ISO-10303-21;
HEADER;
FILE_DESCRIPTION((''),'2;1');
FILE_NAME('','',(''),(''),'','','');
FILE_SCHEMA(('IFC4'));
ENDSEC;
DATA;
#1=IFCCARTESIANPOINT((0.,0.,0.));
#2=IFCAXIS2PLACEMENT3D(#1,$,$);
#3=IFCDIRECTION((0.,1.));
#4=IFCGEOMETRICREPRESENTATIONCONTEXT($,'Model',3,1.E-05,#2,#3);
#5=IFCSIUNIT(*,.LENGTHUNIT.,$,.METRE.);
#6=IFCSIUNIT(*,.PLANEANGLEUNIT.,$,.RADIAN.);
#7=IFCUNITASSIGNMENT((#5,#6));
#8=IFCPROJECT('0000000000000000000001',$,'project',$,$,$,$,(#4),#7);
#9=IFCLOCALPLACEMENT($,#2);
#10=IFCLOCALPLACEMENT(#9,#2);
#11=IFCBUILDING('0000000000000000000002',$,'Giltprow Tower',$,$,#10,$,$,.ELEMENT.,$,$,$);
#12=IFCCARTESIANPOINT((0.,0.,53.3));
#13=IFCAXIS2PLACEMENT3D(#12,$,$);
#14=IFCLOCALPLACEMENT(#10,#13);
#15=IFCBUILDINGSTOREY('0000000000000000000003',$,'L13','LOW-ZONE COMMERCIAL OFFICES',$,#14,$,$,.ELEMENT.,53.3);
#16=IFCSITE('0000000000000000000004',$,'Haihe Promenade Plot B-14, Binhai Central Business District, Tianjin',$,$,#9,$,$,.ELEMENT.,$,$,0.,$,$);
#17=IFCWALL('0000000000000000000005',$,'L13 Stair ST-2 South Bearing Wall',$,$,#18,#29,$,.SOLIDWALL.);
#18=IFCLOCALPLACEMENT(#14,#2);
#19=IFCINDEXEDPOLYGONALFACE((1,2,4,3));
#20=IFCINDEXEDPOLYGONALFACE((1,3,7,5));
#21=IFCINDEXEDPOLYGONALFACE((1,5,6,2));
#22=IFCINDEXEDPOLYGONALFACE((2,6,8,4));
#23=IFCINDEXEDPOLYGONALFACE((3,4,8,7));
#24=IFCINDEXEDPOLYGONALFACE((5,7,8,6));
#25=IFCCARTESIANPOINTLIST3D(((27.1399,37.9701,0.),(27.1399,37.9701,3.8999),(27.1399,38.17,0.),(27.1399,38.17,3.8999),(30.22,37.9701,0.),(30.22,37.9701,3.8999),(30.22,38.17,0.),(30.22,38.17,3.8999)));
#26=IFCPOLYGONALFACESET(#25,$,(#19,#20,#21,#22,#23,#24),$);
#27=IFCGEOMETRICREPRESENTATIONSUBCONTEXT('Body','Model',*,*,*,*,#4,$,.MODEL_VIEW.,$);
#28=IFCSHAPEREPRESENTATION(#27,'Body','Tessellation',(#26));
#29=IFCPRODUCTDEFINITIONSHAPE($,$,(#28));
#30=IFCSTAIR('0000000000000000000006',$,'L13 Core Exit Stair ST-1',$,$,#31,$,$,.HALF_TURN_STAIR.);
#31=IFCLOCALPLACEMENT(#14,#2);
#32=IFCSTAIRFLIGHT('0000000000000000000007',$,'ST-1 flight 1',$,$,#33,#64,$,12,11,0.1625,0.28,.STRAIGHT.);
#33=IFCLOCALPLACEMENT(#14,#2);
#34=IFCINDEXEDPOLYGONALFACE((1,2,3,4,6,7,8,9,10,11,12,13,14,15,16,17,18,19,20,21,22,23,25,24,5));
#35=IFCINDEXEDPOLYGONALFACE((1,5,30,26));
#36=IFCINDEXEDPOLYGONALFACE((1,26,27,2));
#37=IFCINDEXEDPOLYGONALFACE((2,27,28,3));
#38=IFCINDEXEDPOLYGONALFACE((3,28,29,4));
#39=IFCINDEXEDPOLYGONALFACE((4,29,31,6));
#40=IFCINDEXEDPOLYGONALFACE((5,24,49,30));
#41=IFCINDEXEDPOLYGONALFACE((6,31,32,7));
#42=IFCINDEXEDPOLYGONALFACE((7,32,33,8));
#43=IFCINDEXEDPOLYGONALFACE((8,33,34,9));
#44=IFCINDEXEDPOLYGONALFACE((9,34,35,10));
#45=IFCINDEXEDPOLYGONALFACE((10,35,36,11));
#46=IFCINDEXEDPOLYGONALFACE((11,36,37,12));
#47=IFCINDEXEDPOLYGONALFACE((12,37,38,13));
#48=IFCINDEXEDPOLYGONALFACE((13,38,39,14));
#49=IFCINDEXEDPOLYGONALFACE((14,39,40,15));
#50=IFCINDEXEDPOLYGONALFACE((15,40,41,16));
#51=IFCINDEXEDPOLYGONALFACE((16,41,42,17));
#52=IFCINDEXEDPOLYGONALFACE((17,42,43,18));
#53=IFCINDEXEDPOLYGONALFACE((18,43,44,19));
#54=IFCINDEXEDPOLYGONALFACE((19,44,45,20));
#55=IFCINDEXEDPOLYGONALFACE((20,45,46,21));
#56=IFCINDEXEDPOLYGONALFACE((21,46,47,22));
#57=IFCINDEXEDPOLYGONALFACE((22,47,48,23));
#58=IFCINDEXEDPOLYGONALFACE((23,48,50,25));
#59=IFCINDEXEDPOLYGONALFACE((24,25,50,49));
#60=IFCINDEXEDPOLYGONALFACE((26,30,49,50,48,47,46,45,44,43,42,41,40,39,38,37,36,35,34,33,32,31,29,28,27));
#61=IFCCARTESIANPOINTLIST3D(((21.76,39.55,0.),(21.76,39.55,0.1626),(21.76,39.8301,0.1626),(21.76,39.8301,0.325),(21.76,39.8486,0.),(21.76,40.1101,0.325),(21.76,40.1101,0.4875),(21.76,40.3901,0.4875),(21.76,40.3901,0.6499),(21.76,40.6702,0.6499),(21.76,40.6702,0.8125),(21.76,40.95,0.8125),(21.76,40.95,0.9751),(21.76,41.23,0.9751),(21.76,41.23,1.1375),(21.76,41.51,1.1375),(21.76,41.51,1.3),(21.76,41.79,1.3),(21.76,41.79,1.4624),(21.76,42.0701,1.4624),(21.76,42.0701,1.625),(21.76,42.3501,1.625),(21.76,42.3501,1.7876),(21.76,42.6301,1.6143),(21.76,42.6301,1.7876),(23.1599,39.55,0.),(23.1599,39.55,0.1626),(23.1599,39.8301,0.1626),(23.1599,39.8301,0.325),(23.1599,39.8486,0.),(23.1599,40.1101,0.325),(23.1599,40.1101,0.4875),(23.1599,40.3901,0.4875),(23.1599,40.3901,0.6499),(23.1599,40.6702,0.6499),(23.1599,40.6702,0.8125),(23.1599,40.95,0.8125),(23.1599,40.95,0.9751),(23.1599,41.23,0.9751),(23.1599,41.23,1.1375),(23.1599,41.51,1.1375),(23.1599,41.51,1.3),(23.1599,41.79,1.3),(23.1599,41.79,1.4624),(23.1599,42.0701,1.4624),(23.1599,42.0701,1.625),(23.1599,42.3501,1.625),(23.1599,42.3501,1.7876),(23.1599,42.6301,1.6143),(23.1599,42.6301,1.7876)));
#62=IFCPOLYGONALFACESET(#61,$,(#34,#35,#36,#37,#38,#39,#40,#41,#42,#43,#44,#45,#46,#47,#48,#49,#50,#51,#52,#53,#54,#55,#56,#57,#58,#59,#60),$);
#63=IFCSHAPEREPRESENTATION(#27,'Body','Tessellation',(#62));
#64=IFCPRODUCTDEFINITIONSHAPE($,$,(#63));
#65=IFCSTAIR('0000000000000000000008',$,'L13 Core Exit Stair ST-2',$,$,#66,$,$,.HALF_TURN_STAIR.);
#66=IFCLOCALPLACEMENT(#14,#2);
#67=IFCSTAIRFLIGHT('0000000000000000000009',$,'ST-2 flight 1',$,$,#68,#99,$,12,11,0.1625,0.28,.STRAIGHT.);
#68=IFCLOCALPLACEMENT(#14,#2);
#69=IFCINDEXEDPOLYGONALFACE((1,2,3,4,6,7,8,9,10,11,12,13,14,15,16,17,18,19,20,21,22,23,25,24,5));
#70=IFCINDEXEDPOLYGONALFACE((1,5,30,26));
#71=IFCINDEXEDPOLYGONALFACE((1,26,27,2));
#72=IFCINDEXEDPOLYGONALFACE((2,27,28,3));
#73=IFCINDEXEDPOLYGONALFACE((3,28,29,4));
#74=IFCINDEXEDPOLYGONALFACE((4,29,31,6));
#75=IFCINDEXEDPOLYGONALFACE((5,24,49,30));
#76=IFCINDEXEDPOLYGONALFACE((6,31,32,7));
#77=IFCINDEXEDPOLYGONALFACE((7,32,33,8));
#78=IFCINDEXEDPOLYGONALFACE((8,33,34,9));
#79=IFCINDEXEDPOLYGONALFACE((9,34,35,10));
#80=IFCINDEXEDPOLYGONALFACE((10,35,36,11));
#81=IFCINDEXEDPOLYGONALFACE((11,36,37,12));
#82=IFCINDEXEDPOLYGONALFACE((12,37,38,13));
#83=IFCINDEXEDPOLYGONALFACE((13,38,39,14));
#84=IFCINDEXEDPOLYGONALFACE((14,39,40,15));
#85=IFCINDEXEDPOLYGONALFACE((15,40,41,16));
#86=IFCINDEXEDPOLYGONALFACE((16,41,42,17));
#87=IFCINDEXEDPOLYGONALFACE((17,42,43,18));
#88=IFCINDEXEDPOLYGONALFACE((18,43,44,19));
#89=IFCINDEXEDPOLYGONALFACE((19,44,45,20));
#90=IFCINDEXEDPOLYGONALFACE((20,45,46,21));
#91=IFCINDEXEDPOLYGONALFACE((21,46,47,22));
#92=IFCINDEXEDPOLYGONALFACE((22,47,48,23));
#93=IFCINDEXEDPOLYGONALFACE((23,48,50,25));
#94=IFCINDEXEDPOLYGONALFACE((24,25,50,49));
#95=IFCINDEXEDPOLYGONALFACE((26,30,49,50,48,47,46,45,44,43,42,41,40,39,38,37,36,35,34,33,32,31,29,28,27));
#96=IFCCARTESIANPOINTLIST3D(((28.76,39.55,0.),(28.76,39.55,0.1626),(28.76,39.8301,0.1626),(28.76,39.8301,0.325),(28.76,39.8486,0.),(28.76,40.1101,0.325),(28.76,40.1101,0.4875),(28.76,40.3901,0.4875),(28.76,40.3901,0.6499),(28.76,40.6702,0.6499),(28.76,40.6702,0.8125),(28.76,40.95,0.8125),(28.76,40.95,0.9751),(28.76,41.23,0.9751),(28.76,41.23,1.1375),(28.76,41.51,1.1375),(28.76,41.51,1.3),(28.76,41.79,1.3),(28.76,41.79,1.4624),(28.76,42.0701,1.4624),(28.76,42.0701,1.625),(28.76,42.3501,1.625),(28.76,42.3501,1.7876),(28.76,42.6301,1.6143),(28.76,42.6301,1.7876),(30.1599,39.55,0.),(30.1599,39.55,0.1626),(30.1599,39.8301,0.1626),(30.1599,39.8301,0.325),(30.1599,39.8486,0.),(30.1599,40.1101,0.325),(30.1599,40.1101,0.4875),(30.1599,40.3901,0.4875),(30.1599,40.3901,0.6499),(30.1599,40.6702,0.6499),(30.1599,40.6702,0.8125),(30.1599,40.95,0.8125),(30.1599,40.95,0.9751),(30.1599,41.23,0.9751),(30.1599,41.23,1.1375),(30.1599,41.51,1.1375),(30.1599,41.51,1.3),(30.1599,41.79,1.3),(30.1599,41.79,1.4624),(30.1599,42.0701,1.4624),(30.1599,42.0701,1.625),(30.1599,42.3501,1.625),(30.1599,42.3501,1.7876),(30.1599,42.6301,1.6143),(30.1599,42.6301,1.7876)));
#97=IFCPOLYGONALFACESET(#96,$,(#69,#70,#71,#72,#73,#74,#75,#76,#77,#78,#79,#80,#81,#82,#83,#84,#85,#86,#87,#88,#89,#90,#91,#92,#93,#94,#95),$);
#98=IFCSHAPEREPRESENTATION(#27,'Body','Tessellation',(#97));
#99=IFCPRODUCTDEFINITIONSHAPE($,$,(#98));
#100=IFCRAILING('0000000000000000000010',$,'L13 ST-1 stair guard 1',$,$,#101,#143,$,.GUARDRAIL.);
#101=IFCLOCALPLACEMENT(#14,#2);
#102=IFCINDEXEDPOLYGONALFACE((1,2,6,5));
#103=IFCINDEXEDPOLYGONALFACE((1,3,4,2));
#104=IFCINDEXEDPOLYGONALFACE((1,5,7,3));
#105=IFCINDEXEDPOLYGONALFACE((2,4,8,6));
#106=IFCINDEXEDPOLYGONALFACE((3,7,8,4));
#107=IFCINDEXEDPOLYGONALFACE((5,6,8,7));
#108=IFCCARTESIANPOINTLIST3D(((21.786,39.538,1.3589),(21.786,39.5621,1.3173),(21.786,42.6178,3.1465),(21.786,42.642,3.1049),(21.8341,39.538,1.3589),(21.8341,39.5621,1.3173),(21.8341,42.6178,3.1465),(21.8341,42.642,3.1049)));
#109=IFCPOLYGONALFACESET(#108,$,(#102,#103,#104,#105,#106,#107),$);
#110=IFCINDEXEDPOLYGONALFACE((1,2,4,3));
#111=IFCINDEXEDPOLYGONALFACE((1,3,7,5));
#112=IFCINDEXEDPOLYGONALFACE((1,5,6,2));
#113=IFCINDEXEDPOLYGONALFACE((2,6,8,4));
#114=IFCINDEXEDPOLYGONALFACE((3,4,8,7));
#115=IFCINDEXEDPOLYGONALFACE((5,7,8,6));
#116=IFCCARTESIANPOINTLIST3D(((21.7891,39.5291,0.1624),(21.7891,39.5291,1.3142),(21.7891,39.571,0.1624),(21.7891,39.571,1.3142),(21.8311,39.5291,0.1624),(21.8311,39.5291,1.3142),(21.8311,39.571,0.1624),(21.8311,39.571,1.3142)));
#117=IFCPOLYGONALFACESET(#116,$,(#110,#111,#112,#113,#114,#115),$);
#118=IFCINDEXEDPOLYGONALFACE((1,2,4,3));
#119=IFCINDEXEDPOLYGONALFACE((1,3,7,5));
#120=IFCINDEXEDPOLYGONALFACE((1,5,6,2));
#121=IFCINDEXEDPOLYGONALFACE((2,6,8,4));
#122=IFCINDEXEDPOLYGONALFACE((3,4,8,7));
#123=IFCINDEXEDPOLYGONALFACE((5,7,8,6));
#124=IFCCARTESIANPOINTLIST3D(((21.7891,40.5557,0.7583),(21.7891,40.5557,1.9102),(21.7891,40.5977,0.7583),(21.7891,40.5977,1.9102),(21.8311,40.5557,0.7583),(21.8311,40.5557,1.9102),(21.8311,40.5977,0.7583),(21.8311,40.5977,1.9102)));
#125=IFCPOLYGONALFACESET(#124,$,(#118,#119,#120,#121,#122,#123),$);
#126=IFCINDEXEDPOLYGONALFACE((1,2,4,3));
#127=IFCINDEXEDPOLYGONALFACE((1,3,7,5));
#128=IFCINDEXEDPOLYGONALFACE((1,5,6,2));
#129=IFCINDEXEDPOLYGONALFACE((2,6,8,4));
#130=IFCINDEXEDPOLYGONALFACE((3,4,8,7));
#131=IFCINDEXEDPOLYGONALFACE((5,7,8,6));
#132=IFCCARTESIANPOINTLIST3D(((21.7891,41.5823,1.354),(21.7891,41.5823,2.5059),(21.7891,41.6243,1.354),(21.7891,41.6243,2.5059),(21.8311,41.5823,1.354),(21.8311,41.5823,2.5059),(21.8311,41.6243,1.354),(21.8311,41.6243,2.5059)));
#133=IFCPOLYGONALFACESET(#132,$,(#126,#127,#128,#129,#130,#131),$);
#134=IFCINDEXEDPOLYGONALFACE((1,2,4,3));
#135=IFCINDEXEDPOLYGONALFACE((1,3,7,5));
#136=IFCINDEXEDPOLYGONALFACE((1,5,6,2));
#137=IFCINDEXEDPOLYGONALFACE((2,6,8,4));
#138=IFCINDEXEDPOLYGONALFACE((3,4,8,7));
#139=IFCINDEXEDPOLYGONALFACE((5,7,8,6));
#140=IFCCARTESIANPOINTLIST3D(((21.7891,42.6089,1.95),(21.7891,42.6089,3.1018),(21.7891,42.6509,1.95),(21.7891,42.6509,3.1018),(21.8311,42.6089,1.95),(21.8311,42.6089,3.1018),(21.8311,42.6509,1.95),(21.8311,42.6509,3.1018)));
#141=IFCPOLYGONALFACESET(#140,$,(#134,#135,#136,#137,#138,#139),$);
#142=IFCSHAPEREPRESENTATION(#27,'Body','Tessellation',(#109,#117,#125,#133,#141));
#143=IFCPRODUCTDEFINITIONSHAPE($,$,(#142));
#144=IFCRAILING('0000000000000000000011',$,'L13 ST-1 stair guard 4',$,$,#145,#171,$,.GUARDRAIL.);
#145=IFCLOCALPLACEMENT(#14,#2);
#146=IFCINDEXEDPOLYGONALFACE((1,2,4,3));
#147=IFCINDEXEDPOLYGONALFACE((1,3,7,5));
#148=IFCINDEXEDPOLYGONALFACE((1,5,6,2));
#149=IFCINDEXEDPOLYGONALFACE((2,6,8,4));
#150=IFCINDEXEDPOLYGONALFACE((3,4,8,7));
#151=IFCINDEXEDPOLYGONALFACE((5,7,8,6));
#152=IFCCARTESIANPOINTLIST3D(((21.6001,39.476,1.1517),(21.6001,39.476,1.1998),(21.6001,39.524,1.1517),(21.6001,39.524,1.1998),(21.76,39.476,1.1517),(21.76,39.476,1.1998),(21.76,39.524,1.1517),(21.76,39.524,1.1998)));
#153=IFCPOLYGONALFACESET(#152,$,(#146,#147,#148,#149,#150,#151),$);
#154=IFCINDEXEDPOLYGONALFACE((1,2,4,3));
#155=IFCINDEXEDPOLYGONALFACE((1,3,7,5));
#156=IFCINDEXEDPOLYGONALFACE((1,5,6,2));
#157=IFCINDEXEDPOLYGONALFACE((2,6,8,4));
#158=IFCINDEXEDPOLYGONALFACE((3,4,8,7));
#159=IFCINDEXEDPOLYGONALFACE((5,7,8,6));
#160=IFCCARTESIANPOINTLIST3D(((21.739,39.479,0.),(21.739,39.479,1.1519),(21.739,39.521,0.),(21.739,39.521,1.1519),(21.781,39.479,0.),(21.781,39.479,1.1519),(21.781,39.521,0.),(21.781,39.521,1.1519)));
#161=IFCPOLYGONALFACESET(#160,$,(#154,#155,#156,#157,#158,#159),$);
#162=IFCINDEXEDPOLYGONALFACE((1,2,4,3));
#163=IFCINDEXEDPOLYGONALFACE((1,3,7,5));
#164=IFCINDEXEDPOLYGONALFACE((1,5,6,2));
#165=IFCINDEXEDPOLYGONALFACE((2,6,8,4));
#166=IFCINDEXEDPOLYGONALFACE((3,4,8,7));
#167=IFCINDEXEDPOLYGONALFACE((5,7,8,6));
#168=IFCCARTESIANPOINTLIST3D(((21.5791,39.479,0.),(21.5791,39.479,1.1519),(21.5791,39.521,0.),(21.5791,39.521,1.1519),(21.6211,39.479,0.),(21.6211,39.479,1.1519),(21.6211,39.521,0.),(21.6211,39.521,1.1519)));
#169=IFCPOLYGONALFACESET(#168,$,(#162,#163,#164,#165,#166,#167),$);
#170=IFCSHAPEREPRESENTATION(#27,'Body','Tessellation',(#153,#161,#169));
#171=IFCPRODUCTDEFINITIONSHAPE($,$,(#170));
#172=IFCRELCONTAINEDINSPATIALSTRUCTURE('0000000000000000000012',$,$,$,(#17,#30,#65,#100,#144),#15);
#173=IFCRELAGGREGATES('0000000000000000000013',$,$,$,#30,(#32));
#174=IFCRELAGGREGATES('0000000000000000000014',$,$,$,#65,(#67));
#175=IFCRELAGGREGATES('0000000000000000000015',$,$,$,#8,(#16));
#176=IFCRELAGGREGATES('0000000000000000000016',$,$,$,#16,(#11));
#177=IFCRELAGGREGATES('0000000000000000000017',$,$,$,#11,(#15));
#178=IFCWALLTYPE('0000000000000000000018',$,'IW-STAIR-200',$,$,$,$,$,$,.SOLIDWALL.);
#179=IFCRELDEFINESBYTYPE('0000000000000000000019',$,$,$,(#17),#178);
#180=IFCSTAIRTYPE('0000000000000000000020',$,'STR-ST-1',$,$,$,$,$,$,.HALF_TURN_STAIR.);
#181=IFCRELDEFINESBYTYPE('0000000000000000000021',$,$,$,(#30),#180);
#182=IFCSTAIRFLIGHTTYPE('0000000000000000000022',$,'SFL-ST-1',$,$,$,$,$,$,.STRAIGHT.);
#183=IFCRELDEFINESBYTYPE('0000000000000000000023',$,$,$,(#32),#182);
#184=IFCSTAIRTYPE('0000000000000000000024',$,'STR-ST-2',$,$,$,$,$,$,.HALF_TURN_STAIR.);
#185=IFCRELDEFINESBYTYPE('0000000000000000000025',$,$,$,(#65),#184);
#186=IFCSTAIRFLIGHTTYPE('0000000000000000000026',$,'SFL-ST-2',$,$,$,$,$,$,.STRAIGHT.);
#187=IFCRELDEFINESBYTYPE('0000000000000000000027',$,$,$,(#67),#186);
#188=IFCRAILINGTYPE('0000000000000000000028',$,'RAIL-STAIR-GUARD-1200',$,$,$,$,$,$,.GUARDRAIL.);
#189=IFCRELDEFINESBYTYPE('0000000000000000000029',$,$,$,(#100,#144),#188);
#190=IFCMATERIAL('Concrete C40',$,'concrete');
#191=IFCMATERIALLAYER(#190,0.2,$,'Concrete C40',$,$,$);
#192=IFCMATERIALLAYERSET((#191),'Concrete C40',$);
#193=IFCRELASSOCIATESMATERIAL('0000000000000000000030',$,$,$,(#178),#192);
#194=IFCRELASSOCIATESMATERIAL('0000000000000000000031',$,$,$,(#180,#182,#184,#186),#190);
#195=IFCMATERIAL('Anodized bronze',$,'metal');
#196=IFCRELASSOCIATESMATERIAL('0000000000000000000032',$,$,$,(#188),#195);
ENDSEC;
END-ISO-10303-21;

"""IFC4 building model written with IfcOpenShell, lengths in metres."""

from ifc_helpers import new_model, si_unit, direction, frame, frame_2d, origin, origin_2d, place, context, subcontext, project, spatial, polyline, rectangle, outline, extrude, material, layer, layer_set, type_object, element, aggregate, save


model = new_model("IFC4")

# Units and contexts
model_context = context("Model", 3, precision=1e-05, world=origin(), true_north=direction((0.0, 1.0)))
body_context = subcontext(model_context, "Body", "Model", "MODEL_VIEW")
ifc_project = project(units=[si_unit("LENGTHUNIT", "METRE"), si_unit("PLANEANGLEUNIT", "RADIAN")], contexts=[model_context])

# Site, building, storey
site_placement = place(None, origin())
site = spatial("IfcSite", under=ifc_project, at=site_placement, Name="Haihe Promenade Plot B-14, Binhai Central Business District, Tianjin", CompositionType="ELEMENT", RefElevation=0.0)
building_placement = place(site_placement, origin())
building = spatial("IfcBuilding", under=site, at=building_placement, Name="Giltprow Tower", CompositionType="ELEMENT")
storey_placement = place(building_placement, frame((0.0, 0.0, 53.3)))
storey = spatial("IfcBuildingStorey", under=building, at=storey_placement, Name="L13", Description="LOW-ZONE COMMERCIAL OFFICES", CompositionType="ELEMENT", Elevation=53.3)

# Shared definitions
ifc_material_1 = material(Name="Concrete C40", Category="concrete")
ifc_layer = layer(ifc_material_1, 0.2, Name="Concrete C40")
ifc_layer_set = layer_set([ifc_layer], Name="Concrete C40")
wall_type = type_object("IfcWallType", Name="IW-STAIR-200", PredefinedType="SOLIDWALL", material=ifc_layer_set)

# Wall
wall_1_placement = place(storey_placement, frame((27.1399, 38.0701, 0.0), z_axis=(0.0, 0.0, 1.0), x_axis=(1.0, 0.0, 0.0)))
element("IfcWall", 1, at=wall_1_placement, inside=storey, type_object=wall_type, Name="L13 Stair ST-2 South Bearing Wall", PredefinedType="SOLIDWALL", context=body_context, shape_type="SweptSolid", body=[
    extrude(rectangle(XDim=3.0801, YDim=0.2, at=frame_2d((1.54, 0.0))), origin(), (0.0, 0.0, 1.0), 3.8999),
])

# Stairs, stair flights
stair_type_1 = type_object("IfcStairType", Name="STR-ST-1", PredefinedType="HALF_TURN_STAIR", material=ifc_material_1)
stair_1_placement = place(storey_placement, origin())
stair_1 = element("IfcStair", 2, at=stair_1_placement, inside=storey, type_object=stair_type_1, Name="L13 Core Exit Stair ST-1", PredefinedType="HALF_TURN_STAIR")
stair_flight_type_1 = type_object("IfcStairFlightType", Name="SFL-ST-1", PredefinedType="STRAIGHT", material=ifc_material_1)
stair_flight_1_placement = place(storey_placement, frame((22.46, 39.55, 0.0), z_axis=(0.0, 0.0, 1.0), x_axis=(0.0, 1.0, 0.0)))
stair_flight_1 = element("IfcStairFlight", 3, at=stair_flight_1_placement, type_object=stair_flight_type_1, Name="ST-1 flight 1", NumberOfRisers=12, NumberOfTreads=11, PredefinedType="STRAIGHT", RiserHeight=0.1625, TreadLength=0.28, context=body_context, shape_type="SweptSolid", body=[
    extrude(outline(polyline([(0.0, 0.0), (0.0, 0.1626), (0.28, 0.1626), (0.28, 0.325), (0.5601, 0.325), (0.5601, 0.4875), (0.8401, 0.4875), (0.8401, 0.6499), (1.1201, 0.6499), (1.1201, 0.8125), (1.3999, 0.8125), (1.3999, 0.9751), (1.6799, 0.9751), (1.6799, 1.1375), (1.96, 1.1375), (1.96, 1.3), (2.24, 1.3), (2.24, 1.4624), (2.52, 1.4624), (2.52, 1.625), (2.8, 1.625), (2.8, 1.7876), (3.0801, 1.7876), (3.0801, 1.95), (3.0801, 1.6143), (0.2986, 0.0), (0.0, 0.0)])), frame((0.0, 0.7, 0.0), z_axis=(0.0, -1.0, 0.0), x_axis=(1.0, 0.0, 0.0)), (0.0, 0.0, 1.0), 1.3999),
])
aggregate(stair_1, [stair_flight_1])
stair_type_2 = type_object("IfcStairType", Name="STR-ST-2", PredefinedType="HALF_TURN_STAIR", material=ifc_material_1)
stair_2_placement = place(storey_placement, origin())
stair_2 = element("IfcStair", 4, at=stair_2_placement, inside=storey, type_object=stair_type_2, Name="L13 Core Exit Stair ST-2", PredefinedType="HALF_TURN_STAIR")
stair_flight_type_2 = type_object("IfcStairFlightType", Name="SFL-ST-2", PredefinedType="STRAIGHT", material=ifc_material_1)
stair_flight_2_placement = place(storey_placement, frame((29.46, 39.55, 0.0), z_axis=(0.0, 0.0, 1.0), x_axis=(0.0, 1.0, 0.0)))
stair_flight_2 = element("IfcStairFlight", 5, at=stair_flight_2_placement, type_object=stair_flight_type_2, Name="ST-2 flight 1", NumberOfRisers=12, NumberOfTreads=11, PredefinedType="STRAIGHT", RiserHeight=0.1625, TreadLength=0.28, context=body_context, shape_type="SweptSolid", body=[
    extrude(outline(polyline([(0.0, 0.0), (0.0, 0.1626), (0.28, 0.1626), (0.28, 0.325), (0.5601, 0.325), (0.5601, 0.4875), (0.8401, 0.4875), (0.8401, 0.6499), (1.1201, 0.6499), (1.1201, 0.8125), (1.3999, 0.8125), (1.3999, 0.9751), (1.6799, 0.9751), (1.6799, 1.1375), (1.96, 1.1375), (1.96, 1.3), (2.24, 1.3), (2.24, 1.4624), (2.52, 1.4624), (2.52, 1.625), (2.8, 1.625), (2.8, 1.7876), (3.0801, 1.7876), (3.0801, 1.95), (3.0801, 1.6143), (0.2986, 0.0), (0.0, 0.0)])), frame((0.0, 0.7, 0.0), z_axis=(0.0, -1.0, 0.0), x_axis=(1.0, 0.0, 0.0)), (0.0, 0.0, 1.0), 1.3999),
])
aggregate(stair_2, [stair_flight_2])

# Railings
ifc_material_2 = material(Name="Anodized bronze", Category="metal")
railing_type_1 = type_object("IfcRailingType", Name="RAIL-STAIR-GUARD-1200", PredefinedType="GUARDRAIL", material=ifc_material_2)
railing_1_placement = place(storey_placement, frame((21.8101, 39.55, 0.1624)))
element("IfcRailing", 6, at=railing_1_placement, inside=storey, type_object=railing_type_1, Name="L13 ST-1 stair guard 1", PredefinedType="GUARDRAIL", context=body_context, shape_type="SweptSolid", body=[
    extrude(rectangle(XDim=0.0481, YDim=0.0481, at=origin_2d()), frame((0.0, 0.0, 1.1758), z_axis=(0.0, 0.864873, 0.50199), x_axis=(-1.0, 0.0, 0.0)), (0.0, 0.0, 1.0), 3.561),
    extrude(rectangle(XDim=0.042, YDim=0.042, at=origin_2d()), origin(), (0.0, 0.0, 1.0), 1.1519),
    extrude(rectangle(XDim=0.042, YDim=0.042, at=origin_2d()), frame((0.0, 1.0266, 0.5959)), (0.0, 0.0, 1.0), 1.1519),
    extrude(rectangle(XDim=0.042, YDim=0.042, at=origin_2d()), frame((0.0, 2.0532, 1.1917)), (0.0, 0.0, 1.0), 1.1519),
    extrude(rectangle(XDim=0.042, YDim=0.042, at=origin_2d()), frame((0.0, 3.0798, 1.7876)), (0.0, 0.0, 1.0), 1.1519),
])
railing_2_placement = place(storey_placement, frame((21.76, 39.5, 0.0)))
element("IfcRailing", 7, at=railing_2_placement, inside=storey, type_object=railing_type_1, Name="L13 ST-1 stair guard 4", PredefinedType="GUARDRAIL", context=body_context, shape_type="SweptSolid", body=[
    extrude(rectangle(XDim=0.0481, YDim=0.0481, at=origin_2d()), frame((0.0, 0.0, 1.1758), z_axis=(-1.0, 0.0, 0.0), x_axis=(0.0, -1.0, 0.0)), (0.0, 0.0, 1.0), 0.1599),
    extrude(rectangle(XDim=0.042, YDim=0.042, at=origin_2d()), origin(), (0.0, 0.0, 1.0), 1.1519),
    extrude(rectangle(XDim=0.042, YDim=0.042, at=origin_2d()), frame((-0.1599, 0.0, 0.0)), (0.0, 0.0, 1.0), 1.1519),
])

save(model, "model.ifc")
